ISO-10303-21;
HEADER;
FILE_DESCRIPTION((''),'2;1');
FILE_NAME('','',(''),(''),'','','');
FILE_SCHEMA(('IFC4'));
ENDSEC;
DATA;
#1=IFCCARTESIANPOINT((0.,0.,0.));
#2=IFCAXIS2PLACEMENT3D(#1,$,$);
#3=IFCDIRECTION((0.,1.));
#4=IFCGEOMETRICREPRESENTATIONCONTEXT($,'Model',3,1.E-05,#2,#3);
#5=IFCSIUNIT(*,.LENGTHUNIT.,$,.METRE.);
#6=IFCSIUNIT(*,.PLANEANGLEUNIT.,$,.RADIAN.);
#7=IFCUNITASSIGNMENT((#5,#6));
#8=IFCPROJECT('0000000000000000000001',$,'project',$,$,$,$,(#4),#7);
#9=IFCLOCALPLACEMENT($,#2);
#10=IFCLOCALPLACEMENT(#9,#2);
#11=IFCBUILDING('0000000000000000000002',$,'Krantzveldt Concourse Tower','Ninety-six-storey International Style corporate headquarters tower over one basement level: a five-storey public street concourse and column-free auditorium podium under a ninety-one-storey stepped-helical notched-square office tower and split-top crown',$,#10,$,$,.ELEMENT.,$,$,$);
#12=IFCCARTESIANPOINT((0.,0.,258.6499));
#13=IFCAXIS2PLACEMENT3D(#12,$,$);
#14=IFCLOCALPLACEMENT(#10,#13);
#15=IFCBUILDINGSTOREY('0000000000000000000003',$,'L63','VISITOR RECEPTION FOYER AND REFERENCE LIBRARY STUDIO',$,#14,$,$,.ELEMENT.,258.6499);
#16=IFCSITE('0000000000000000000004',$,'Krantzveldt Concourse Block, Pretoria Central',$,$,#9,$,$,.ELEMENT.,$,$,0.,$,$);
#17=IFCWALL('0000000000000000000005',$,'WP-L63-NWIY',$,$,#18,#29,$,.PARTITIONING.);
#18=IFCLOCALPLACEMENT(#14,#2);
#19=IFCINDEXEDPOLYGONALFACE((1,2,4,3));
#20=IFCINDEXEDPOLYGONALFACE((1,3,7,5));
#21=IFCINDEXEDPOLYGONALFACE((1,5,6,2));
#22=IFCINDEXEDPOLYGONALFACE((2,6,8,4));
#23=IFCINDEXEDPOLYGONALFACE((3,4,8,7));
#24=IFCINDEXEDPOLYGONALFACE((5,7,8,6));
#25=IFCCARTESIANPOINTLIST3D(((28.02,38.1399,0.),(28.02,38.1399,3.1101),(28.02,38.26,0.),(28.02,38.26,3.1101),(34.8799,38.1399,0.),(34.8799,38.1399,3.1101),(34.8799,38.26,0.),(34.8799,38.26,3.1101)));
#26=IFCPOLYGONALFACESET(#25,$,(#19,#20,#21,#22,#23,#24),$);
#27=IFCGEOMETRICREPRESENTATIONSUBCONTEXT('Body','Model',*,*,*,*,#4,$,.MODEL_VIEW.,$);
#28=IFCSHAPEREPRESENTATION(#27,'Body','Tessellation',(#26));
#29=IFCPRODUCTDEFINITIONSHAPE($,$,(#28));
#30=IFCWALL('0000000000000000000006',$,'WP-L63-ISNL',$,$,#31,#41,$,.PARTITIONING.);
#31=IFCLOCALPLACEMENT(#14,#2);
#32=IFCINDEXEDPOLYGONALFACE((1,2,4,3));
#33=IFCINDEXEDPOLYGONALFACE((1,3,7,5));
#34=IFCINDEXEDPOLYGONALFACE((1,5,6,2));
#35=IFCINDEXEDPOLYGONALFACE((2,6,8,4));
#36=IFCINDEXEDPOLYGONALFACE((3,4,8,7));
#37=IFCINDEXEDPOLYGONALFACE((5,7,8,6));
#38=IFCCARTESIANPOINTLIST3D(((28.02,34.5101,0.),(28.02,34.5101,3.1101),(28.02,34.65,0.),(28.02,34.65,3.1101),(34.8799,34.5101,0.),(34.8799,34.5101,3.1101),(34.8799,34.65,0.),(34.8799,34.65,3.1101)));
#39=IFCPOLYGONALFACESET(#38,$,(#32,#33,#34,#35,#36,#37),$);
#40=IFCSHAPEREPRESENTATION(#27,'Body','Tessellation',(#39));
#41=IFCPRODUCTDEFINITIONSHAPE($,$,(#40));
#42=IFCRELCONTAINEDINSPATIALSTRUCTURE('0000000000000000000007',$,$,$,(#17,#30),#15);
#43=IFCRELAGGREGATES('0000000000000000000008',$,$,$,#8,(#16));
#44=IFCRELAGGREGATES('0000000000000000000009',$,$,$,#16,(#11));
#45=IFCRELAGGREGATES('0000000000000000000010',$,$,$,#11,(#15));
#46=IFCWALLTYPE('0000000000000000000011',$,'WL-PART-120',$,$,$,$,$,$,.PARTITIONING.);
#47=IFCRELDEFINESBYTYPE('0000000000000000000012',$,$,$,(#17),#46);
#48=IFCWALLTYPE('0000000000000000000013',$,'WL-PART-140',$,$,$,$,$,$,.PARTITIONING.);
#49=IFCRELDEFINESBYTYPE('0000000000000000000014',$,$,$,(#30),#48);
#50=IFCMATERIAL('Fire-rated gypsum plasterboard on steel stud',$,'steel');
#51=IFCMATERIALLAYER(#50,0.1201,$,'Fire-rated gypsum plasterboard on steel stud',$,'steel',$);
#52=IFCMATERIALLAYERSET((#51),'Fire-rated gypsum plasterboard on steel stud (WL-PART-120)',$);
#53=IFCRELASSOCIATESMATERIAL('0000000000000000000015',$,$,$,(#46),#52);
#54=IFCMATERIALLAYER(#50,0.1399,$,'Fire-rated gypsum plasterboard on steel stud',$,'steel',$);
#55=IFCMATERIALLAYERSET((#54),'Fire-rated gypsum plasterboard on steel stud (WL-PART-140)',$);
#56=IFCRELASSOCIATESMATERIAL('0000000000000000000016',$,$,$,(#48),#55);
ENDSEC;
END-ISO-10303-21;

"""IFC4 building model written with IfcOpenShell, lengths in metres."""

from ifc_helpers import new_model, si_unit, direction, frame, frame_2d, origin, place, context, subcontext, project, spatial, rectangle, extrude, material, layer, layer_set, type_object, element, save


model = new_model("IFC4")

# Units and contexts
model_context = context("Model", 3, precision=1e-05, world=origin(), true_north=direction((0.0, 1.0)))
body_context = subcontext(model_context, "Body", "Model", "MODEL_VIEW")
ifc_project = project(units=[si_unit("LENGTHUNIT", "METRE"), si_unit("PLANEANGLEUNIT", "RADIAN")], contexts=[model_context])

# Site, building, storey
site_placement = place(None, origin())
site = spatial("IfcSite", under=ifc_project, at=site_placement, Name="Krantzveldt Concourse Block, Pretoria Central", CompositionType="ELEMENT", RefElevation=0.0)
building_placement = place(site_placement, origin())
building = spatial("IfcBuilding", under=site, at=building_placement, Name="Krantzveldt Concourse Tower", Description="Ninety-six-storey International Style corporate headquarters tower over one basement level: a five-storey public street concourse and column-free auditorium podium under a ninety-one-storey stepped-helical notched-square office tower and split-top crown", CompositionType="ELEMENT")
storey_placement = place(building_placement, frame((0.0, 0.0, 258.6499)))
storey = spatial("IfcBuildingStorey", under=building, at=storey_placement, Name="L63", Description="VISITOR RECEPTION FOYER AND REFERENCE LIBRARY STUDIO", CompositionType="ELEMENT", Elevation=258.6499)

# Walls
ifc_material_1 = material(Name="Fire-rated gypsum plasterboard on steel stud", Category="steel")
ifc_layer_1 = layer(ifc_material_1, 0.1201, Name="Fire-rated gypsum plasterboard on steel stud", Category="steel")
ifc_layer_set_1 = layer_set([ifc_layer_1], Name="Fire-rated gypsum plasterboard on steel stud (WL-PART-120)")
wall_type_1 = type_object("IfcWallType", Name="WL-PART-120", PredefinedType="PARTITIONING", material=ifc_layer_set_1)
wall_1_placement = place(storey_placement, frame((28.02, 38.2, 0.0), z_axis=(0.0, 0.0, 1.0), x_axis=(1.0, 0.0, 0.0)))
element("IfcWall", 1, at=wall_1_placement, inside=storey, type_object=wall_type_1, Name="WP-L63-NWIY", PredefinedType="PARTITIONING", context=body_context, shape_type="SweptSolid", body=[
    extrude(rectangle(XDim=6.8599, YDim=0.1201, at=frame_2d((3.4299, 0.0))), origin(), (0.0, 0.0, 1.0), 3.1101),
])
ifc_layer_2 = layer(ifc_material_1, 0.1399, Name="Fire-rated gypsum plasterboard on steel stud", Category="steel")
ifc_layer_set_2 = layer_set([ifc_layer_2], Name="Fire-rated gypsum plasterboard on steel stud (WL-PART-140)")
wall_type_2 = type_object("IfcWallType", Name="WL-PART-140", PredefinedType="PARTITIONING", material=ifc_layer_set_2)
wall_2_placement = place(storey_placement, frame((28.02, 34.5801, 0.0), z_axis=(0.0, 0.0, 1.0), x_axis=(1.0, 0.0, 0.0)))
element("IfcWall", 2, at=wall_2_placement, inside=storey, type_object=wall_type_2, Name="WP-L63-ISNL", PredefinedType="PARTITIONING", context=body_context, shape_type="SweptSolid", body=[
    extrude(rectangle(XDim=6.8599, YDim=0.1399, at=frame_2d((3.4299, 0.0))), origin(), (0.0, 0.0, 1.0), 3.1101),
])

save(model, "model.ifc")
